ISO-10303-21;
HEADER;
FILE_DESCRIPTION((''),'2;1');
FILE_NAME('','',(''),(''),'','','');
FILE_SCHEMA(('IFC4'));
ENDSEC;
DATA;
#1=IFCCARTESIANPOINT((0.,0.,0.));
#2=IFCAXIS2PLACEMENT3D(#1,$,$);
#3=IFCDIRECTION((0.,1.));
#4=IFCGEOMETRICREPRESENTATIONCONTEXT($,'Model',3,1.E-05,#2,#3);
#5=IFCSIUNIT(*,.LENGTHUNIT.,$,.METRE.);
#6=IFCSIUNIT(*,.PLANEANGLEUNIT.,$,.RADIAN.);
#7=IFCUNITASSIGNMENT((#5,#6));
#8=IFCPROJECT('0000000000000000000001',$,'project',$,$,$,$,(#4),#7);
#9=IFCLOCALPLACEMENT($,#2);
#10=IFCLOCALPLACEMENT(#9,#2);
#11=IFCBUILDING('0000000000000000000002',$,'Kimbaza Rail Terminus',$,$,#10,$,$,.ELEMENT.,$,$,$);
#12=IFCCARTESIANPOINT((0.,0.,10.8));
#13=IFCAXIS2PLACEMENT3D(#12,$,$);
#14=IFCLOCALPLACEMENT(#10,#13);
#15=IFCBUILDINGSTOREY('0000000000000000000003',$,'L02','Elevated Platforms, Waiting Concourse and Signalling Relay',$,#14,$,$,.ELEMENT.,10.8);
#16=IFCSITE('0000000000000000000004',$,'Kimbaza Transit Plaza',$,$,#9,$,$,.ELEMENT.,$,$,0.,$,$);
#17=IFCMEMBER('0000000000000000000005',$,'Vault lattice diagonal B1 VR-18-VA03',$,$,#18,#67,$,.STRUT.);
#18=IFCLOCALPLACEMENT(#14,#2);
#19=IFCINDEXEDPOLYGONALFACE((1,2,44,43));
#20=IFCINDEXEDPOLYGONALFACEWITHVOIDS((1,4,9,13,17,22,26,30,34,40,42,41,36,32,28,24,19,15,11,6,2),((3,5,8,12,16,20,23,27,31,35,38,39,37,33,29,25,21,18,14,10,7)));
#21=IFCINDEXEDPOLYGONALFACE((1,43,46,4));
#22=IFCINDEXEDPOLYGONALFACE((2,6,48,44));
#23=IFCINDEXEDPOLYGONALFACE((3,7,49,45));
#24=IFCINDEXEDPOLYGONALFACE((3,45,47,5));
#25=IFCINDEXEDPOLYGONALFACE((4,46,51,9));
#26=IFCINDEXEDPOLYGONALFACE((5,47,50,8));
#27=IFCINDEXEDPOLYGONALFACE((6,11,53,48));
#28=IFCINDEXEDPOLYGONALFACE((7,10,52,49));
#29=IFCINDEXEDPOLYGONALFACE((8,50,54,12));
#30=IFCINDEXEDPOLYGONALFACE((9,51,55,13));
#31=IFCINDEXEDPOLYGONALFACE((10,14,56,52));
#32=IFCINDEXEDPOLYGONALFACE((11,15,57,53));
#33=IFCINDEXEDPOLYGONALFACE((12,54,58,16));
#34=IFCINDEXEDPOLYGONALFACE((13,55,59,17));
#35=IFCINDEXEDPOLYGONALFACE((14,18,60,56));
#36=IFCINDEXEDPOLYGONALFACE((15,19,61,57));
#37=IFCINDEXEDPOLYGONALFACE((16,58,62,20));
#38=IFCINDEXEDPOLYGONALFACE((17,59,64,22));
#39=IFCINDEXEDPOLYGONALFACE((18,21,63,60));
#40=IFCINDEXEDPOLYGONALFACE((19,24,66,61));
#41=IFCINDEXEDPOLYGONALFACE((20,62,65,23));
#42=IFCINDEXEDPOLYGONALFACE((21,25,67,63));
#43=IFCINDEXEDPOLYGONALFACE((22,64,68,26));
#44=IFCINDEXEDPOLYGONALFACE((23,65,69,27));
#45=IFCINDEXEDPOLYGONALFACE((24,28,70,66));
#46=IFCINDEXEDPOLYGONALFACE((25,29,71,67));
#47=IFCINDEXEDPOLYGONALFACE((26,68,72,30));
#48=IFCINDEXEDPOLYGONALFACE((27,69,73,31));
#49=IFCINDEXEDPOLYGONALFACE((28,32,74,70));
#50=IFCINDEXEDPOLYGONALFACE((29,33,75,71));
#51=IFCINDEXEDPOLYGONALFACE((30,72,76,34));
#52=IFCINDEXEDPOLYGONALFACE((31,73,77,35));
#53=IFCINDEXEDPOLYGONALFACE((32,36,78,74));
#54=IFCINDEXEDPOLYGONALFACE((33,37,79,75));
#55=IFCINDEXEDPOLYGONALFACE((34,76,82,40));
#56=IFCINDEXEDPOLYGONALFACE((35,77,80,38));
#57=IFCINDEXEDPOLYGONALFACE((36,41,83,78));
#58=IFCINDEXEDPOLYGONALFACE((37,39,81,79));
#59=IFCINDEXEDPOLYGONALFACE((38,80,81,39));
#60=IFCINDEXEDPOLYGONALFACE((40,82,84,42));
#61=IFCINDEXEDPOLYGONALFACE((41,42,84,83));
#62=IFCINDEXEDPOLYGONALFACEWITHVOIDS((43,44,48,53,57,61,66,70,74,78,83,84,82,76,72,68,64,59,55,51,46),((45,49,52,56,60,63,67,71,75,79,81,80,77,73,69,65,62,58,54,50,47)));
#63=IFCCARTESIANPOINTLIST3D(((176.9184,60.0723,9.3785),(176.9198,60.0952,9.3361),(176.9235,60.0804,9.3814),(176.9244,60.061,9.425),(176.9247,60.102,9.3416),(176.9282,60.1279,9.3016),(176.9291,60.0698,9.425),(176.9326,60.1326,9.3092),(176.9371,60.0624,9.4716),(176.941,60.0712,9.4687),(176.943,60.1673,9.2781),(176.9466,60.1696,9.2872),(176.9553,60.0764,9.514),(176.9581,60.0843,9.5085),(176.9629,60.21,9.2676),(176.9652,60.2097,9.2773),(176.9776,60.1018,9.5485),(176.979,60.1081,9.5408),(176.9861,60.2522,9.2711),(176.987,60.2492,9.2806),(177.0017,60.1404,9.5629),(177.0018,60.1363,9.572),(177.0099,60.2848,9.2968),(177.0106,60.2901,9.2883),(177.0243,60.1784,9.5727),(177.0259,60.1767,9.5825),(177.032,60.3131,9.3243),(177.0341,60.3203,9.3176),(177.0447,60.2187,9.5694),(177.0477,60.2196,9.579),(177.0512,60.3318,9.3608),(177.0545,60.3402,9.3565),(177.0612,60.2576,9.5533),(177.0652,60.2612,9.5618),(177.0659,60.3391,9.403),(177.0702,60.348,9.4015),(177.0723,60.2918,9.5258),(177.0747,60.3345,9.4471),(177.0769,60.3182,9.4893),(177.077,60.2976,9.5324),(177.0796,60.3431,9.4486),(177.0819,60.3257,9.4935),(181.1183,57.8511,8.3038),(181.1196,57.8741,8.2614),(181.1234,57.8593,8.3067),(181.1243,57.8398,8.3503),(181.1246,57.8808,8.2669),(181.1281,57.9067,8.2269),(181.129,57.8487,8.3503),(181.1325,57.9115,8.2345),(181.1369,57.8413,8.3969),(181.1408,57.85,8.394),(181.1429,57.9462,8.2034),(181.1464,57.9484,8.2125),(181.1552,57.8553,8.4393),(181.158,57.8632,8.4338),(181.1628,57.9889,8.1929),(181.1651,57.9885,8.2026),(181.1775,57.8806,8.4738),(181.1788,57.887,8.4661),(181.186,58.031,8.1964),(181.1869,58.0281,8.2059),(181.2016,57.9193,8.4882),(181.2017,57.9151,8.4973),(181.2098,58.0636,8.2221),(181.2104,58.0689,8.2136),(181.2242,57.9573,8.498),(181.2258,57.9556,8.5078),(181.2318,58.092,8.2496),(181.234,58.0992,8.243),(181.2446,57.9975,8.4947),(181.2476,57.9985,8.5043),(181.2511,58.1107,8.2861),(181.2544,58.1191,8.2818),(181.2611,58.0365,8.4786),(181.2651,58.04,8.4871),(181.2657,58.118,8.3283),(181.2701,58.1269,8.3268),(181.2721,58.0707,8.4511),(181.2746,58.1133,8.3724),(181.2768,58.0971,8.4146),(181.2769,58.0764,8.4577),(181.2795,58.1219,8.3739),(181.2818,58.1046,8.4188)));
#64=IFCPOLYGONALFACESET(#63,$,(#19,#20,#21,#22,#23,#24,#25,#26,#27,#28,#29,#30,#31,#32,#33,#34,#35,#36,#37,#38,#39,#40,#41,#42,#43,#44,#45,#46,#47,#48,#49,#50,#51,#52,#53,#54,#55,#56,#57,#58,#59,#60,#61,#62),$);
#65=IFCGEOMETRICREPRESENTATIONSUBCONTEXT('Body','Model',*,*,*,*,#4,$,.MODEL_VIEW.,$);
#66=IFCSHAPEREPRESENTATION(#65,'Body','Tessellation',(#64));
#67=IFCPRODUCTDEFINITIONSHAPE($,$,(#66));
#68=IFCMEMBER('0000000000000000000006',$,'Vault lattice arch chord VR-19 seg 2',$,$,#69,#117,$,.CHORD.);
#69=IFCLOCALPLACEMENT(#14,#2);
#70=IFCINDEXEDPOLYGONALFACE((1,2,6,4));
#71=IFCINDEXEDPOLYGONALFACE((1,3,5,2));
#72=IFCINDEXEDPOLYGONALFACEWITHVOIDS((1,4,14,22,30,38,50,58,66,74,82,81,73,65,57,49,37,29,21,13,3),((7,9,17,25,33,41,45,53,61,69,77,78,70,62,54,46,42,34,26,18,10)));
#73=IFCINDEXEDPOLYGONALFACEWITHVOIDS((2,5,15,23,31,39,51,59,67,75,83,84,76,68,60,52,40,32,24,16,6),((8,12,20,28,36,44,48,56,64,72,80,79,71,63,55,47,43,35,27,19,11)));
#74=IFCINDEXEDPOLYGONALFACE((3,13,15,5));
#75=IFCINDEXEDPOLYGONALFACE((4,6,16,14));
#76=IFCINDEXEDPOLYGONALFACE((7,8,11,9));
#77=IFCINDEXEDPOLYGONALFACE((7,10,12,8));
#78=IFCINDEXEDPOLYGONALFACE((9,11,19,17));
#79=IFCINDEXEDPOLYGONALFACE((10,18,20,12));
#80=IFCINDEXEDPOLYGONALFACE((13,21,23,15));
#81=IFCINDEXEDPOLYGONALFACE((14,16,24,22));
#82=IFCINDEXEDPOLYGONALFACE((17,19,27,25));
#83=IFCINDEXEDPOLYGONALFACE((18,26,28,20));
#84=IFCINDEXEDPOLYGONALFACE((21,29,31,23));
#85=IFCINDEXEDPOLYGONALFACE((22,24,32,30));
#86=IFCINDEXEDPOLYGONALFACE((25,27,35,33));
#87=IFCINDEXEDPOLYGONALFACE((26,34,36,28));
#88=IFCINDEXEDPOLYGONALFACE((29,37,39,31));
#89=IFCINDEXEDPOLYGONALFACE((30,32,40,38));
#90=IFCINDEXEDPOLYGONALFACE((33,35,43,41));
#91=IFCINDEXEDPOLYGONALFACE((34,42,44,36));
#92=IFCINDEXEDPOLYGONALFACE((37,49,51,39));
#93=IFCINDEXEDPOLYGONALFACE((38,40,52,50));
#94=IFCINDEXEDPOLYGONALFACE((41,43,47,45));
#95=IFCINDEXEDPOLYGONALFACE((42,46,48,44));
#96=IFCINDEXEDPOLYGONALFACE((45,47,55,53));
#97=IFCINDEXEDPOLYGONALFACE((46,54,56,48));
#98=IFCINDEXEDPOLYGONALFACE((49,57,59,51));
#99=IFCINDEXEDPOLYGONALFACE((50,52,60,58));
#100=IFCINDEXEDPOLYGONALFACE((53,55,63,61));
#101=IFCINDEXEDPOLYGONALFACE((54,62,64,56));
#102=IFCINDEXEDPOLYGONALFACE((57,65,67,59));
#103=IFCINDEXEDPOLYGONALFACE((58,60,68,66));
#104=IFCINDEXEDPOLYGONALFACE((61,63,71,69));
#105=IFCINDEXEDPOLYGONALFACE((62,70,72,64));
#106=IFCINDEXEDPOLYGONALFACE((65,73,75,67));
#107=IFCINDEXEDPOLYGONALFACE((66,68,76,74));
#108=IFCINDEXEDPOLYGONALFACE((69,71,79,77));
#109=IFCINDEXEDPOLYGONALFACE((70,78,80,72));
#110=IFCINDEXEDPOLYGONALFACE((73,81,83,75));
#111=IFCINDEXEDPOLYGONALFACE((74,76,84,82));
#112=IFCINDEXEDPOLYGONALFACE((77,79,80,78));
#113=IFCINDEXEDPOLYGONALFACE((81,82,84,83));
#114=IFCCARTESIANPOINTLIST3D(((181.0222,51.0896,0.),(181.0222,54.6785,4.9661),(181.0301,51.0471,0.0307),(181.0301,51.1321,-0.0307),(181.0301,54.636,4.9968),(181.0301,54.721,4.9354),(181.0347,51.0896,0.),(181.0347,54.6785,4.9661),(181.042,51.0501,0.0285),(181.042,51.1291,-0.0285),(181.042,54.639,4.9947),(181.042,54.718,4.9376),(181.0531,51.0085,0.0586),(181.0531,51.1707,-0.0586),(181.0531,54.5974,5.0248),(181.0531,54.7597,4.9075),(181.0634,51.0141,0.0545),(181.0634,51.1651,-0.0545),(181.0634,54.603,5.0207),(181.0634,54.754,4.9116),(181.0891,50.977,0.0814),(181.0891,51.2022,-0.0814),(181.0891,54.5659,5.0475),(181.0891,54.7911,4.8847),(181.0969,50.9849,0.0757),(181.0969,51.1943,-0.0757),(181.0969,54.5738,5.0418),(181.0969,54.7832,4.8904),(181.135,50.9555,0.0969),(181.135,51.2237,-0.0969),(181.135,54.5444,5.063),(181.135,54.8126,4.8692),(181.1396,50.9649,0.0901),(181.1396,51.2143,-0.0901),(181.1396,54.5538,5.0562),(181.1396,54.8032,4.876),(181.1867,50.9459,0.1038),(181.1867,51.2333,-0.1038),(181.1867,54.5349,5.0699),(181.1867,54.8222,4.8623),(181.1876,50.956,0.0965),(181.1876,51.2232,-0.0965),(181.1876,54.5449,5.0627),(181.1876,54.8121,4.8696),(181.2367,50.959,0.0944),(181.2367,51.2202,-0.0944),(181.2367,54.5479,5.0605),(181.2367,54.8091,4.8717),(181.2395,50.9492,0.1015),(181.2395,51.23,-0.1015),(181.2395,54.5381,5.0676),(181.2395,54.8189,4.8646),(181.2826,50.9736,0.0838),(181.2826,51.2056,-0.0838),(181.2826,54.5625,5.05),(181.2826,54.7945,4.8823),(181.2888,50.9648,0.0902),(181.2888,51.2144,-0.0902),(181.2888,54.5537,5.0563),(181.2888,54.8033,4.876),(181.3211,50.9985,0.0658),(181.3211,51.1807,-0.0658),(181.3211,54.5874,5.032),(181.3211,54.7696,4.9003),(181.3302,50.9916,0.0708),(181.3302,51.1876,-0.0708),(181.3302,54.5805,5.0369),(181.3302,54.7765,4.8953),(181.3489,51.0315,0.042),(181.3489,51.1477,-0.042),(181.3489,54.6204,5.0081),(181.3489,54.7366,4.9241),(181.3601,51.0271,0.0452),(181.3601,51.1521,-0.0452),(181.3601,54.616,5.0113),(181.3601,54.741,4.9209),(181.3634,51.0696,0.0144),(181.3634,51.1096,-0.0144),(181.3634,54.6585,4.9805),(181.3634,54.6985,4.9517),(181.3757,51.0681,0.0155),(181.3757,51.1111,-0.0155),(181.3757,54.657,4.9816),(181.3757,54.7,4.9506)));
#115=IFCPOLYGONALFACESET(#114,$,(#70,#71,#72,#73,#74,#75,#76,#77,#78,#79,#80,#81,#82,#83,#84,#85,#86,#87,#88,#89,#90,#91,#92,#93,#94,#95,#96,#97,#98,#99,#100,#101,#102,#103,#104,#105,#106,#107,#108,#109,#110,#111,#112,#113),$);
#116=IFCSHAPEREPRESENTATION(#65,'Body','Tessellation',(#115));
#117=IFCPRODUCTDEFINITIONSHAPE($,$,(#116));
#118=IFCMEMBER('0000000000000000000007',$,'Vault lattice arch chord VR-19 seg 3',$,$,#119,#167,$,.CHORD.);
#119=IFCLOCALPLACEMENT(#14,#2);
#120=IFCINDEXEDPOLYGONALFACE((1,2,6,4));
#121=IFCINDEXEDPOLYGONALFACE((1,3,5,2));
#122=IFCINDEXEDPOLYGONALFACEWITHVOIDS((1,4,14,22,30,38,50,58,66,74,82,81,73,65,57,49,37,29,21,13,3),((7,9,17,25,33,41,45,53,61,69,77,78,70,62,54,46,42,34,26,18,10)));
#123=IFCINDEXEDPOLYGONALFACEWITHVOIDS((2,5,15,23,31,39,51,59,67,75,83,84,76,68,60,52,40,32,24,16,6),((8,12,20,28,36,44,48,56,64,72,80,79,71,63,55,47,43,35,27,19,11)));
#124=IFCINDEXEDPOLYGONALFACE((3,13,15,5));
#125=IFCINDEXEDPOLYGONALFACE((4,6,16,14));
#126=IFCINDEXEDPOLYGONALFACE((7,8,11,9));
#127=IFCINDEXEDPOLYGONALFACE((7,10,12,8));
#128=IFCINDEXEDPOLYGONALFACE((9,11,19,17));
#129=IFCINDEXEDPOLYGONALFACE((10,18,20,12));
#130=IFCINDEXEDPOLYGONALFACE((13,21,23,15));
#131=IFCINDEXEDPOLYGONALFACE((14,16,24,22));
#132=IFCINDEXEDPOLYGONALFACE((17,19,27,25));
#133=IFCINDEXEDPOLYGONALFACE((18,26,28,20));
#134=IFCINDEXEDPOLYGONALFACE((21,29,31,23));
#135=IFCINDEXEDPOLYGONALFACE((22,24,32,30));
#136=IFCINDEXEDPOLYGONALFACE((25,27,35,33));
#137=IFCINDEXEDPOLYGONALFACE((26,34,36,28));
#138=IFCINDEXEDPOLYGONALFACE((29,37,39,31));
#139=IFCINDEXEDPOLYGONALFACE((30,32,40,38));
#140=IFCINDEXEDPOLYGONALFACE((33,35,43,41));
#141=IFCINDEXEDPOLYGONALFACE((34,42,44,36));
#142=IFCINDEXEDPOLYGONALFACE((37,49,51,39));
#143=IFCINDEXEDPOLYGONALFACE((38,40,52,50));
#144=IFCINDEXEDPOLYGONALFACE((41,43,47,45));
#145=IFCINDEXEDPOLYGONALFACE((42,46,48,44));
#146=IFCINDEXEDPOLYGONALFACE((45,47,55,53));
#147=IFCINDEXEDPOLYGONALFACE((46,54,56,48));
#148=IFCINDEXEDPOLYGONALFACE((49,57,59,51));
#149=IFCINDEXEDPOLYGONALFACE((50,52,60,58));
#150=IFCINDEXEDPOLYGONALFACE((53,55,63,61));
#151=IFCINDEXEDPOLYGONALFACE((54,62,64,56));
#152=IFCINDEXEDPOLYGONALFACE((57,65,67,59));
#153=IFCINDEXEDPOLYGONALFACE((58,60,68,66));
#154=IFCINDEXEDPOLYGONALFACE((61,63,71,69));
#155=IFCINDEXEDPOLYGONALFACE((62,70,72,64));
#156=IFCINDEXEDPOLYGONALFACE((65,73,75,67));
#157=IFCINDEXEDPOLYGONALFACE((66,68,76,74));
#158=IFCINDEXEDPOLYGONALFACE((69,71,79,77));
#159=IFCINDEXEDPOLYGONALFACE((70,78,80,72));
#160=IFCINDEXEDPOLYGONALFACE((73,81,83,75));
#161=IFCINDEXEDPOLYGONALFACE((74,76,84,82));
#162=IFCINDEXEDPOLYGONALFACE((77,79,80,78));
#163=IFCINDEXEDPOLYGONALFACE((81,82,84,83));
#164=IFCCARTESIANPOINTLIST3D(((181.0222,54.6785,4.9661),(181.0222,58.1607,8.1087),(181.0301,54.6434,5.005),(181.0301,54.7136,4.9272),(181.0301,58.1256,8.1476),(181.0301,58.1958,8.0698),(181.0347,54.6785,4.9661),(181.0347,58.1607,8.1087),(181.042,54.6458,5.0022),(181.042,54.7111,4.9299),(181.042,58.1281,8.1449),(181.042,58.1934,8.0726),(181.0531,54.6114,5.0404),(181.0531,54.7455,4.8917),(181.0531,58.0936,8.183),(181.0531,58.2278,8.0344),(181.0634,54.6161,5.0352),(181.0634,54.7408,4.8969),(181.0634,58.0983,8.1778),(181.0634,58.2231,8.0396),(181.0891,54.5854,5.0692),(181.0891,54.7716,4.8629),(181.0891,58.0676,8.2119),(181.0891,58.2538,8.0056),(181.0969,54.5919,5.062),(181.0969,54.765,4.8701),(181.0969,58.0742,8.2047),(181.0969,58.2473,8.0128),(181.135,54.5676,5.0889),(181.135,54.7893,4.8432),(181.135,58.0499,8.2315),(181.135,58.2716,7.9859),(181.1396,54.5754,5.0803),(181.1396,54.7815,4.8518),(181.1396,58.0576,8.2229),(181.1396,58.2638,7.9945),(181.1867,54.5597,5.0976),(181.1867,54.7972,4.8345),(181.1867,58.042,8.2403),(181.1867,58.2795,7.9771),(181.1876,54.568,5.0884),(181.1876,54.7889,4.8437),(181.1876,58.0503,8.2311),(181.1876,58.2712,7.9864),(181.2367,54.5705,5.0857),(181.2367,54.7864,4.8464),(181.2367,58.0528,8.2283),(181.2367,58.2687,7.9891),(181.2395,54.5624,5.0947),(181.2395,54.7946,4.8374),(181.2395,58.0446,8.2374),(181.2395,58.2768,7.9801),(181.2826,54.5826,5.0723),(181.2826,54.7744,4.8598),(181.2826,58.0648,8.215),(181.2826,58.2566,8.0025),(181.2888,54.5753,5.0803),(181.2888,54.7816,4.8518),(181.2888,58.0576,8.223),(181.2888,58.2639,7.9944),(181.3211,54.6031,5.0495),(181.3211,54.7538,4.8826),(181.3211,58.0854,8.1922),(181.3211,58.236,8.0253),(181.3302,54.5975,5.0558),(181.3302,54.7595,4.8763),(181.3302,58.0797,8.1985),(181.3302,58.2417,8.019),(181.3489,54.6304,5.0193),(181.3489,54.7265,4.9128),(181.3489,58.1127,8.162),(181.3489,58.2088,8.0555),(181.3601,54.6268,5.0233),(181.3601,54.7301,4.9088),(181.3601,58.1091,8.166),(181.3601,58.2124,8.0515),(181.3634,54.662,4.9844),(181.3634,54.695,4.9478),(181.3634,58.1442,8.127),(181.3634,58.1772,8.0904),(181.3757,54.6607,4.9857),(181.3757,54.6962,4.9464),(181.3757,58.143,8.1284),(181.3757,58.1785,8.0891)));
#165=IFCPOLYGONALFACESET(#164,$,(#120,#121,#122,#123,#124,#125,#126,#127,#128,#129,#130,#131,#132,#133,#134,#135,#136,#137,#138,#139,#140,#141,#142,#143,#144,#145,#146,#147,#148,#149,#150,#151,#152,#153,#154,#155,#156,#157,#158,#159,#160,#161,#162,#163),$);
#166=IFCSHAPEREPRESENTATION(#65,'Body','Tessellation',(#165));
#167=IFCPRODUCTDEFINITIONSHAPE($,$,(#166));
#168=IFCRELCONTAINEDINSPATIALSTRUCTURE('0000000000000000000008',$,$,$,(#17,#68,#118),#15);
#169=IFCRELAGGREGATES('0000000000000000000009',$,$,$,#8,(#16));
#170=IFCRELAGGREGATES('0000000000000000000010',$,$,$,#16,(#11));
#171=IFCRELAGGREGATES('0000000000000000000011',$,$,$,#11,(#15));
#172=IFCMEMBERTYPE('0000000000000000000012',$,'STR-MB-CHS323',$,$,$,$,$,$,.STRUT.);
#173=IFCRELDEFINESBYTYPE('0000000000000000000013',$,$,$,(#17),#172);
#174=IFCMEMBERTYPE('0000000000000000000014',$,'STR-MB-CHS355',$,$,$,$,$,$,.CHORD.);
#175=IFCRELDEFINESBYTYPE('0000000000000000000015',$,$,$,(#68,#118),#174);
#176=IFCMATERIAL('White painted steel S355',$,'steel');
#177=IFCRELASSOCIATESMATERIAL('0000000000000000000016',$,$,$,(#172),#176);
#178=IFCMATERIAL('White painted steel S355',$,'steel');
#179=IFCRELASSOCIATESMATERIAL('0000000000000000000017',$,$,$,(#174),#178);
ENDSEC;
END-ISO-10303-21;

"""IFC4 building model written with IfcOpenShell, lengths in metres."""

from ifc_helpers import new_model, si_unit, direction, frame, origin, origin_2d, place, context, subcontext, project, spatial, hollow_circle, extrude, material, material_profile, profile_set, type_object, element, save


model = new_model("IFC4")

# Units and contexts
model_context = context("Model", 3, precision=1e-05, world=origin(), true_north=direction((0.0, 1.0)))
body_context = subcontext(model_context, "Body", "Model", "MODEL_VIEW")
ifc_project = project(units=[si_unit("LENGTHUNIT", "METRE"), si_unit("PLANEANGLEUNIT", "RADIAN")], contexts=[model_context])

# Site, building, storey
site_placement = place(None, origin())
site = spatial("IfcSite", under=ifc_project, at=site_placement, Name="Kimbaza Transit Plaza", CompositionType="ELEMENT", RefElevation=0.0)
building_placement = place(site_placement, origin())
building = spatial("IfcBuilding", under=site, at=building_placement, Name="Kimbaza Rail Terminus", CompositionType="ELEMENT")
storey_placement = place(building_placement, frame((0.0, 0.0, 10.8)))
storey = spatial("IfcBuildingStorey", under=building, at=storey_placement, Name="L02", Description="Elevated Platforms, Waiting Concourse and Signalling Relay", CompositionType="ELEMENT", Elevation=10.8)

# Members
ifc_material_1 = material(Name="White painted steel S355", Category="steel")
ifc_material_profile_1 = material_profile(ifc_material_1, hollow_circle(Radius=0.1619, WallThickness=0.01, at=origin_2d()), Name="CHS 323.9x10")
ifc_profile_set_1 = profile_set([ifc_material_profile_1], Name="White painted steel S355")
member_type_1 = type_object("IfcMemberType", Name="STR-MB-CHS323", PredefinedType="STRUT", material=ifc_profile_set_1)
member_1_placement = place(storey_placement, frame((181.2, 57.9829, 8.3503), z_axis=(-0.862206, 0.455987, 0.220626), x_axis=(-0.467508, -0.883989, 0.0)))
element("IfcMember", 1, at=member_1_placement, inside=storey, type_object=member_type_1, Name="Vault lattice diagonal B1 VR-18-VA03", PredefinedType="STRUT", context=body_context, shape_type="SweptSolid", body=[
    extrude(hollow_circle(Radius=0.1619, WallThickness=0.01, at=origin_2d()), origin(), (0.0, 0.0, 1.0), 4.8711),
])
ifc_material_2 = material(Name="White painted steel S355", Category="steel")
ifc_material_profile_2 = material_profile(ifc_material_2, hollow_circle(Radius=0.1777, WallThickness=0.0125, at=origin_2d()), Name="CHS 355.6x12.5")
ifc_profile_set_2 = profile_set([ifc_material_profile_2], Name="White painted steel S355")
member_type_2 = type_object("IfcMemberType", Name="STR-MB-CHS355", PredefinedType="CHORD", material=ifc_profile_set_2)
member_2_placement = place(storey_placement, frame((181.2, 51.0896, 0.0), z_axis=(0.0, 0.585733, 0.810504), x_axis=(-1.0, 0.0, 0.0)))
element("IfcMember", 2, at=member_2_placement, inside=storey, type_object=member_type_2, Name="Vault lattice arch chord VR-19 seg 2", PredefinedType="CHORD", context=body_context, shape_type="SweptSolid", body=[
    extrude(hollow_circle(Radius=0.1777, WallThickness=0.0125, at=origin_2d()), origin(), (0.0, 0.0, 1.0), 6.1272),
])
member_3_placement = place(storey_placement, frame((181.2, 54.6785, 4.9661), z_axis=(0.0, 0.74238, 0.669979), x_axis=(-1.0, 0.0, 0.0)))
element("IfcMember", 3, at=member_3_placement, inside=storey, type_object=member_type_2, Name="Vault lattice arch chord VR-19 seg 3", PredefinedType="CHORD", context=body_context, shape_type="SweptSolid", body=[
    extrude(hollow_circle(Radius=0.1777, WallThickness=0.0125, at=origin_2d()), origin(), (0.0, 0.0, 1.0), 4.6907),
])

save(model, "model.ifc")
